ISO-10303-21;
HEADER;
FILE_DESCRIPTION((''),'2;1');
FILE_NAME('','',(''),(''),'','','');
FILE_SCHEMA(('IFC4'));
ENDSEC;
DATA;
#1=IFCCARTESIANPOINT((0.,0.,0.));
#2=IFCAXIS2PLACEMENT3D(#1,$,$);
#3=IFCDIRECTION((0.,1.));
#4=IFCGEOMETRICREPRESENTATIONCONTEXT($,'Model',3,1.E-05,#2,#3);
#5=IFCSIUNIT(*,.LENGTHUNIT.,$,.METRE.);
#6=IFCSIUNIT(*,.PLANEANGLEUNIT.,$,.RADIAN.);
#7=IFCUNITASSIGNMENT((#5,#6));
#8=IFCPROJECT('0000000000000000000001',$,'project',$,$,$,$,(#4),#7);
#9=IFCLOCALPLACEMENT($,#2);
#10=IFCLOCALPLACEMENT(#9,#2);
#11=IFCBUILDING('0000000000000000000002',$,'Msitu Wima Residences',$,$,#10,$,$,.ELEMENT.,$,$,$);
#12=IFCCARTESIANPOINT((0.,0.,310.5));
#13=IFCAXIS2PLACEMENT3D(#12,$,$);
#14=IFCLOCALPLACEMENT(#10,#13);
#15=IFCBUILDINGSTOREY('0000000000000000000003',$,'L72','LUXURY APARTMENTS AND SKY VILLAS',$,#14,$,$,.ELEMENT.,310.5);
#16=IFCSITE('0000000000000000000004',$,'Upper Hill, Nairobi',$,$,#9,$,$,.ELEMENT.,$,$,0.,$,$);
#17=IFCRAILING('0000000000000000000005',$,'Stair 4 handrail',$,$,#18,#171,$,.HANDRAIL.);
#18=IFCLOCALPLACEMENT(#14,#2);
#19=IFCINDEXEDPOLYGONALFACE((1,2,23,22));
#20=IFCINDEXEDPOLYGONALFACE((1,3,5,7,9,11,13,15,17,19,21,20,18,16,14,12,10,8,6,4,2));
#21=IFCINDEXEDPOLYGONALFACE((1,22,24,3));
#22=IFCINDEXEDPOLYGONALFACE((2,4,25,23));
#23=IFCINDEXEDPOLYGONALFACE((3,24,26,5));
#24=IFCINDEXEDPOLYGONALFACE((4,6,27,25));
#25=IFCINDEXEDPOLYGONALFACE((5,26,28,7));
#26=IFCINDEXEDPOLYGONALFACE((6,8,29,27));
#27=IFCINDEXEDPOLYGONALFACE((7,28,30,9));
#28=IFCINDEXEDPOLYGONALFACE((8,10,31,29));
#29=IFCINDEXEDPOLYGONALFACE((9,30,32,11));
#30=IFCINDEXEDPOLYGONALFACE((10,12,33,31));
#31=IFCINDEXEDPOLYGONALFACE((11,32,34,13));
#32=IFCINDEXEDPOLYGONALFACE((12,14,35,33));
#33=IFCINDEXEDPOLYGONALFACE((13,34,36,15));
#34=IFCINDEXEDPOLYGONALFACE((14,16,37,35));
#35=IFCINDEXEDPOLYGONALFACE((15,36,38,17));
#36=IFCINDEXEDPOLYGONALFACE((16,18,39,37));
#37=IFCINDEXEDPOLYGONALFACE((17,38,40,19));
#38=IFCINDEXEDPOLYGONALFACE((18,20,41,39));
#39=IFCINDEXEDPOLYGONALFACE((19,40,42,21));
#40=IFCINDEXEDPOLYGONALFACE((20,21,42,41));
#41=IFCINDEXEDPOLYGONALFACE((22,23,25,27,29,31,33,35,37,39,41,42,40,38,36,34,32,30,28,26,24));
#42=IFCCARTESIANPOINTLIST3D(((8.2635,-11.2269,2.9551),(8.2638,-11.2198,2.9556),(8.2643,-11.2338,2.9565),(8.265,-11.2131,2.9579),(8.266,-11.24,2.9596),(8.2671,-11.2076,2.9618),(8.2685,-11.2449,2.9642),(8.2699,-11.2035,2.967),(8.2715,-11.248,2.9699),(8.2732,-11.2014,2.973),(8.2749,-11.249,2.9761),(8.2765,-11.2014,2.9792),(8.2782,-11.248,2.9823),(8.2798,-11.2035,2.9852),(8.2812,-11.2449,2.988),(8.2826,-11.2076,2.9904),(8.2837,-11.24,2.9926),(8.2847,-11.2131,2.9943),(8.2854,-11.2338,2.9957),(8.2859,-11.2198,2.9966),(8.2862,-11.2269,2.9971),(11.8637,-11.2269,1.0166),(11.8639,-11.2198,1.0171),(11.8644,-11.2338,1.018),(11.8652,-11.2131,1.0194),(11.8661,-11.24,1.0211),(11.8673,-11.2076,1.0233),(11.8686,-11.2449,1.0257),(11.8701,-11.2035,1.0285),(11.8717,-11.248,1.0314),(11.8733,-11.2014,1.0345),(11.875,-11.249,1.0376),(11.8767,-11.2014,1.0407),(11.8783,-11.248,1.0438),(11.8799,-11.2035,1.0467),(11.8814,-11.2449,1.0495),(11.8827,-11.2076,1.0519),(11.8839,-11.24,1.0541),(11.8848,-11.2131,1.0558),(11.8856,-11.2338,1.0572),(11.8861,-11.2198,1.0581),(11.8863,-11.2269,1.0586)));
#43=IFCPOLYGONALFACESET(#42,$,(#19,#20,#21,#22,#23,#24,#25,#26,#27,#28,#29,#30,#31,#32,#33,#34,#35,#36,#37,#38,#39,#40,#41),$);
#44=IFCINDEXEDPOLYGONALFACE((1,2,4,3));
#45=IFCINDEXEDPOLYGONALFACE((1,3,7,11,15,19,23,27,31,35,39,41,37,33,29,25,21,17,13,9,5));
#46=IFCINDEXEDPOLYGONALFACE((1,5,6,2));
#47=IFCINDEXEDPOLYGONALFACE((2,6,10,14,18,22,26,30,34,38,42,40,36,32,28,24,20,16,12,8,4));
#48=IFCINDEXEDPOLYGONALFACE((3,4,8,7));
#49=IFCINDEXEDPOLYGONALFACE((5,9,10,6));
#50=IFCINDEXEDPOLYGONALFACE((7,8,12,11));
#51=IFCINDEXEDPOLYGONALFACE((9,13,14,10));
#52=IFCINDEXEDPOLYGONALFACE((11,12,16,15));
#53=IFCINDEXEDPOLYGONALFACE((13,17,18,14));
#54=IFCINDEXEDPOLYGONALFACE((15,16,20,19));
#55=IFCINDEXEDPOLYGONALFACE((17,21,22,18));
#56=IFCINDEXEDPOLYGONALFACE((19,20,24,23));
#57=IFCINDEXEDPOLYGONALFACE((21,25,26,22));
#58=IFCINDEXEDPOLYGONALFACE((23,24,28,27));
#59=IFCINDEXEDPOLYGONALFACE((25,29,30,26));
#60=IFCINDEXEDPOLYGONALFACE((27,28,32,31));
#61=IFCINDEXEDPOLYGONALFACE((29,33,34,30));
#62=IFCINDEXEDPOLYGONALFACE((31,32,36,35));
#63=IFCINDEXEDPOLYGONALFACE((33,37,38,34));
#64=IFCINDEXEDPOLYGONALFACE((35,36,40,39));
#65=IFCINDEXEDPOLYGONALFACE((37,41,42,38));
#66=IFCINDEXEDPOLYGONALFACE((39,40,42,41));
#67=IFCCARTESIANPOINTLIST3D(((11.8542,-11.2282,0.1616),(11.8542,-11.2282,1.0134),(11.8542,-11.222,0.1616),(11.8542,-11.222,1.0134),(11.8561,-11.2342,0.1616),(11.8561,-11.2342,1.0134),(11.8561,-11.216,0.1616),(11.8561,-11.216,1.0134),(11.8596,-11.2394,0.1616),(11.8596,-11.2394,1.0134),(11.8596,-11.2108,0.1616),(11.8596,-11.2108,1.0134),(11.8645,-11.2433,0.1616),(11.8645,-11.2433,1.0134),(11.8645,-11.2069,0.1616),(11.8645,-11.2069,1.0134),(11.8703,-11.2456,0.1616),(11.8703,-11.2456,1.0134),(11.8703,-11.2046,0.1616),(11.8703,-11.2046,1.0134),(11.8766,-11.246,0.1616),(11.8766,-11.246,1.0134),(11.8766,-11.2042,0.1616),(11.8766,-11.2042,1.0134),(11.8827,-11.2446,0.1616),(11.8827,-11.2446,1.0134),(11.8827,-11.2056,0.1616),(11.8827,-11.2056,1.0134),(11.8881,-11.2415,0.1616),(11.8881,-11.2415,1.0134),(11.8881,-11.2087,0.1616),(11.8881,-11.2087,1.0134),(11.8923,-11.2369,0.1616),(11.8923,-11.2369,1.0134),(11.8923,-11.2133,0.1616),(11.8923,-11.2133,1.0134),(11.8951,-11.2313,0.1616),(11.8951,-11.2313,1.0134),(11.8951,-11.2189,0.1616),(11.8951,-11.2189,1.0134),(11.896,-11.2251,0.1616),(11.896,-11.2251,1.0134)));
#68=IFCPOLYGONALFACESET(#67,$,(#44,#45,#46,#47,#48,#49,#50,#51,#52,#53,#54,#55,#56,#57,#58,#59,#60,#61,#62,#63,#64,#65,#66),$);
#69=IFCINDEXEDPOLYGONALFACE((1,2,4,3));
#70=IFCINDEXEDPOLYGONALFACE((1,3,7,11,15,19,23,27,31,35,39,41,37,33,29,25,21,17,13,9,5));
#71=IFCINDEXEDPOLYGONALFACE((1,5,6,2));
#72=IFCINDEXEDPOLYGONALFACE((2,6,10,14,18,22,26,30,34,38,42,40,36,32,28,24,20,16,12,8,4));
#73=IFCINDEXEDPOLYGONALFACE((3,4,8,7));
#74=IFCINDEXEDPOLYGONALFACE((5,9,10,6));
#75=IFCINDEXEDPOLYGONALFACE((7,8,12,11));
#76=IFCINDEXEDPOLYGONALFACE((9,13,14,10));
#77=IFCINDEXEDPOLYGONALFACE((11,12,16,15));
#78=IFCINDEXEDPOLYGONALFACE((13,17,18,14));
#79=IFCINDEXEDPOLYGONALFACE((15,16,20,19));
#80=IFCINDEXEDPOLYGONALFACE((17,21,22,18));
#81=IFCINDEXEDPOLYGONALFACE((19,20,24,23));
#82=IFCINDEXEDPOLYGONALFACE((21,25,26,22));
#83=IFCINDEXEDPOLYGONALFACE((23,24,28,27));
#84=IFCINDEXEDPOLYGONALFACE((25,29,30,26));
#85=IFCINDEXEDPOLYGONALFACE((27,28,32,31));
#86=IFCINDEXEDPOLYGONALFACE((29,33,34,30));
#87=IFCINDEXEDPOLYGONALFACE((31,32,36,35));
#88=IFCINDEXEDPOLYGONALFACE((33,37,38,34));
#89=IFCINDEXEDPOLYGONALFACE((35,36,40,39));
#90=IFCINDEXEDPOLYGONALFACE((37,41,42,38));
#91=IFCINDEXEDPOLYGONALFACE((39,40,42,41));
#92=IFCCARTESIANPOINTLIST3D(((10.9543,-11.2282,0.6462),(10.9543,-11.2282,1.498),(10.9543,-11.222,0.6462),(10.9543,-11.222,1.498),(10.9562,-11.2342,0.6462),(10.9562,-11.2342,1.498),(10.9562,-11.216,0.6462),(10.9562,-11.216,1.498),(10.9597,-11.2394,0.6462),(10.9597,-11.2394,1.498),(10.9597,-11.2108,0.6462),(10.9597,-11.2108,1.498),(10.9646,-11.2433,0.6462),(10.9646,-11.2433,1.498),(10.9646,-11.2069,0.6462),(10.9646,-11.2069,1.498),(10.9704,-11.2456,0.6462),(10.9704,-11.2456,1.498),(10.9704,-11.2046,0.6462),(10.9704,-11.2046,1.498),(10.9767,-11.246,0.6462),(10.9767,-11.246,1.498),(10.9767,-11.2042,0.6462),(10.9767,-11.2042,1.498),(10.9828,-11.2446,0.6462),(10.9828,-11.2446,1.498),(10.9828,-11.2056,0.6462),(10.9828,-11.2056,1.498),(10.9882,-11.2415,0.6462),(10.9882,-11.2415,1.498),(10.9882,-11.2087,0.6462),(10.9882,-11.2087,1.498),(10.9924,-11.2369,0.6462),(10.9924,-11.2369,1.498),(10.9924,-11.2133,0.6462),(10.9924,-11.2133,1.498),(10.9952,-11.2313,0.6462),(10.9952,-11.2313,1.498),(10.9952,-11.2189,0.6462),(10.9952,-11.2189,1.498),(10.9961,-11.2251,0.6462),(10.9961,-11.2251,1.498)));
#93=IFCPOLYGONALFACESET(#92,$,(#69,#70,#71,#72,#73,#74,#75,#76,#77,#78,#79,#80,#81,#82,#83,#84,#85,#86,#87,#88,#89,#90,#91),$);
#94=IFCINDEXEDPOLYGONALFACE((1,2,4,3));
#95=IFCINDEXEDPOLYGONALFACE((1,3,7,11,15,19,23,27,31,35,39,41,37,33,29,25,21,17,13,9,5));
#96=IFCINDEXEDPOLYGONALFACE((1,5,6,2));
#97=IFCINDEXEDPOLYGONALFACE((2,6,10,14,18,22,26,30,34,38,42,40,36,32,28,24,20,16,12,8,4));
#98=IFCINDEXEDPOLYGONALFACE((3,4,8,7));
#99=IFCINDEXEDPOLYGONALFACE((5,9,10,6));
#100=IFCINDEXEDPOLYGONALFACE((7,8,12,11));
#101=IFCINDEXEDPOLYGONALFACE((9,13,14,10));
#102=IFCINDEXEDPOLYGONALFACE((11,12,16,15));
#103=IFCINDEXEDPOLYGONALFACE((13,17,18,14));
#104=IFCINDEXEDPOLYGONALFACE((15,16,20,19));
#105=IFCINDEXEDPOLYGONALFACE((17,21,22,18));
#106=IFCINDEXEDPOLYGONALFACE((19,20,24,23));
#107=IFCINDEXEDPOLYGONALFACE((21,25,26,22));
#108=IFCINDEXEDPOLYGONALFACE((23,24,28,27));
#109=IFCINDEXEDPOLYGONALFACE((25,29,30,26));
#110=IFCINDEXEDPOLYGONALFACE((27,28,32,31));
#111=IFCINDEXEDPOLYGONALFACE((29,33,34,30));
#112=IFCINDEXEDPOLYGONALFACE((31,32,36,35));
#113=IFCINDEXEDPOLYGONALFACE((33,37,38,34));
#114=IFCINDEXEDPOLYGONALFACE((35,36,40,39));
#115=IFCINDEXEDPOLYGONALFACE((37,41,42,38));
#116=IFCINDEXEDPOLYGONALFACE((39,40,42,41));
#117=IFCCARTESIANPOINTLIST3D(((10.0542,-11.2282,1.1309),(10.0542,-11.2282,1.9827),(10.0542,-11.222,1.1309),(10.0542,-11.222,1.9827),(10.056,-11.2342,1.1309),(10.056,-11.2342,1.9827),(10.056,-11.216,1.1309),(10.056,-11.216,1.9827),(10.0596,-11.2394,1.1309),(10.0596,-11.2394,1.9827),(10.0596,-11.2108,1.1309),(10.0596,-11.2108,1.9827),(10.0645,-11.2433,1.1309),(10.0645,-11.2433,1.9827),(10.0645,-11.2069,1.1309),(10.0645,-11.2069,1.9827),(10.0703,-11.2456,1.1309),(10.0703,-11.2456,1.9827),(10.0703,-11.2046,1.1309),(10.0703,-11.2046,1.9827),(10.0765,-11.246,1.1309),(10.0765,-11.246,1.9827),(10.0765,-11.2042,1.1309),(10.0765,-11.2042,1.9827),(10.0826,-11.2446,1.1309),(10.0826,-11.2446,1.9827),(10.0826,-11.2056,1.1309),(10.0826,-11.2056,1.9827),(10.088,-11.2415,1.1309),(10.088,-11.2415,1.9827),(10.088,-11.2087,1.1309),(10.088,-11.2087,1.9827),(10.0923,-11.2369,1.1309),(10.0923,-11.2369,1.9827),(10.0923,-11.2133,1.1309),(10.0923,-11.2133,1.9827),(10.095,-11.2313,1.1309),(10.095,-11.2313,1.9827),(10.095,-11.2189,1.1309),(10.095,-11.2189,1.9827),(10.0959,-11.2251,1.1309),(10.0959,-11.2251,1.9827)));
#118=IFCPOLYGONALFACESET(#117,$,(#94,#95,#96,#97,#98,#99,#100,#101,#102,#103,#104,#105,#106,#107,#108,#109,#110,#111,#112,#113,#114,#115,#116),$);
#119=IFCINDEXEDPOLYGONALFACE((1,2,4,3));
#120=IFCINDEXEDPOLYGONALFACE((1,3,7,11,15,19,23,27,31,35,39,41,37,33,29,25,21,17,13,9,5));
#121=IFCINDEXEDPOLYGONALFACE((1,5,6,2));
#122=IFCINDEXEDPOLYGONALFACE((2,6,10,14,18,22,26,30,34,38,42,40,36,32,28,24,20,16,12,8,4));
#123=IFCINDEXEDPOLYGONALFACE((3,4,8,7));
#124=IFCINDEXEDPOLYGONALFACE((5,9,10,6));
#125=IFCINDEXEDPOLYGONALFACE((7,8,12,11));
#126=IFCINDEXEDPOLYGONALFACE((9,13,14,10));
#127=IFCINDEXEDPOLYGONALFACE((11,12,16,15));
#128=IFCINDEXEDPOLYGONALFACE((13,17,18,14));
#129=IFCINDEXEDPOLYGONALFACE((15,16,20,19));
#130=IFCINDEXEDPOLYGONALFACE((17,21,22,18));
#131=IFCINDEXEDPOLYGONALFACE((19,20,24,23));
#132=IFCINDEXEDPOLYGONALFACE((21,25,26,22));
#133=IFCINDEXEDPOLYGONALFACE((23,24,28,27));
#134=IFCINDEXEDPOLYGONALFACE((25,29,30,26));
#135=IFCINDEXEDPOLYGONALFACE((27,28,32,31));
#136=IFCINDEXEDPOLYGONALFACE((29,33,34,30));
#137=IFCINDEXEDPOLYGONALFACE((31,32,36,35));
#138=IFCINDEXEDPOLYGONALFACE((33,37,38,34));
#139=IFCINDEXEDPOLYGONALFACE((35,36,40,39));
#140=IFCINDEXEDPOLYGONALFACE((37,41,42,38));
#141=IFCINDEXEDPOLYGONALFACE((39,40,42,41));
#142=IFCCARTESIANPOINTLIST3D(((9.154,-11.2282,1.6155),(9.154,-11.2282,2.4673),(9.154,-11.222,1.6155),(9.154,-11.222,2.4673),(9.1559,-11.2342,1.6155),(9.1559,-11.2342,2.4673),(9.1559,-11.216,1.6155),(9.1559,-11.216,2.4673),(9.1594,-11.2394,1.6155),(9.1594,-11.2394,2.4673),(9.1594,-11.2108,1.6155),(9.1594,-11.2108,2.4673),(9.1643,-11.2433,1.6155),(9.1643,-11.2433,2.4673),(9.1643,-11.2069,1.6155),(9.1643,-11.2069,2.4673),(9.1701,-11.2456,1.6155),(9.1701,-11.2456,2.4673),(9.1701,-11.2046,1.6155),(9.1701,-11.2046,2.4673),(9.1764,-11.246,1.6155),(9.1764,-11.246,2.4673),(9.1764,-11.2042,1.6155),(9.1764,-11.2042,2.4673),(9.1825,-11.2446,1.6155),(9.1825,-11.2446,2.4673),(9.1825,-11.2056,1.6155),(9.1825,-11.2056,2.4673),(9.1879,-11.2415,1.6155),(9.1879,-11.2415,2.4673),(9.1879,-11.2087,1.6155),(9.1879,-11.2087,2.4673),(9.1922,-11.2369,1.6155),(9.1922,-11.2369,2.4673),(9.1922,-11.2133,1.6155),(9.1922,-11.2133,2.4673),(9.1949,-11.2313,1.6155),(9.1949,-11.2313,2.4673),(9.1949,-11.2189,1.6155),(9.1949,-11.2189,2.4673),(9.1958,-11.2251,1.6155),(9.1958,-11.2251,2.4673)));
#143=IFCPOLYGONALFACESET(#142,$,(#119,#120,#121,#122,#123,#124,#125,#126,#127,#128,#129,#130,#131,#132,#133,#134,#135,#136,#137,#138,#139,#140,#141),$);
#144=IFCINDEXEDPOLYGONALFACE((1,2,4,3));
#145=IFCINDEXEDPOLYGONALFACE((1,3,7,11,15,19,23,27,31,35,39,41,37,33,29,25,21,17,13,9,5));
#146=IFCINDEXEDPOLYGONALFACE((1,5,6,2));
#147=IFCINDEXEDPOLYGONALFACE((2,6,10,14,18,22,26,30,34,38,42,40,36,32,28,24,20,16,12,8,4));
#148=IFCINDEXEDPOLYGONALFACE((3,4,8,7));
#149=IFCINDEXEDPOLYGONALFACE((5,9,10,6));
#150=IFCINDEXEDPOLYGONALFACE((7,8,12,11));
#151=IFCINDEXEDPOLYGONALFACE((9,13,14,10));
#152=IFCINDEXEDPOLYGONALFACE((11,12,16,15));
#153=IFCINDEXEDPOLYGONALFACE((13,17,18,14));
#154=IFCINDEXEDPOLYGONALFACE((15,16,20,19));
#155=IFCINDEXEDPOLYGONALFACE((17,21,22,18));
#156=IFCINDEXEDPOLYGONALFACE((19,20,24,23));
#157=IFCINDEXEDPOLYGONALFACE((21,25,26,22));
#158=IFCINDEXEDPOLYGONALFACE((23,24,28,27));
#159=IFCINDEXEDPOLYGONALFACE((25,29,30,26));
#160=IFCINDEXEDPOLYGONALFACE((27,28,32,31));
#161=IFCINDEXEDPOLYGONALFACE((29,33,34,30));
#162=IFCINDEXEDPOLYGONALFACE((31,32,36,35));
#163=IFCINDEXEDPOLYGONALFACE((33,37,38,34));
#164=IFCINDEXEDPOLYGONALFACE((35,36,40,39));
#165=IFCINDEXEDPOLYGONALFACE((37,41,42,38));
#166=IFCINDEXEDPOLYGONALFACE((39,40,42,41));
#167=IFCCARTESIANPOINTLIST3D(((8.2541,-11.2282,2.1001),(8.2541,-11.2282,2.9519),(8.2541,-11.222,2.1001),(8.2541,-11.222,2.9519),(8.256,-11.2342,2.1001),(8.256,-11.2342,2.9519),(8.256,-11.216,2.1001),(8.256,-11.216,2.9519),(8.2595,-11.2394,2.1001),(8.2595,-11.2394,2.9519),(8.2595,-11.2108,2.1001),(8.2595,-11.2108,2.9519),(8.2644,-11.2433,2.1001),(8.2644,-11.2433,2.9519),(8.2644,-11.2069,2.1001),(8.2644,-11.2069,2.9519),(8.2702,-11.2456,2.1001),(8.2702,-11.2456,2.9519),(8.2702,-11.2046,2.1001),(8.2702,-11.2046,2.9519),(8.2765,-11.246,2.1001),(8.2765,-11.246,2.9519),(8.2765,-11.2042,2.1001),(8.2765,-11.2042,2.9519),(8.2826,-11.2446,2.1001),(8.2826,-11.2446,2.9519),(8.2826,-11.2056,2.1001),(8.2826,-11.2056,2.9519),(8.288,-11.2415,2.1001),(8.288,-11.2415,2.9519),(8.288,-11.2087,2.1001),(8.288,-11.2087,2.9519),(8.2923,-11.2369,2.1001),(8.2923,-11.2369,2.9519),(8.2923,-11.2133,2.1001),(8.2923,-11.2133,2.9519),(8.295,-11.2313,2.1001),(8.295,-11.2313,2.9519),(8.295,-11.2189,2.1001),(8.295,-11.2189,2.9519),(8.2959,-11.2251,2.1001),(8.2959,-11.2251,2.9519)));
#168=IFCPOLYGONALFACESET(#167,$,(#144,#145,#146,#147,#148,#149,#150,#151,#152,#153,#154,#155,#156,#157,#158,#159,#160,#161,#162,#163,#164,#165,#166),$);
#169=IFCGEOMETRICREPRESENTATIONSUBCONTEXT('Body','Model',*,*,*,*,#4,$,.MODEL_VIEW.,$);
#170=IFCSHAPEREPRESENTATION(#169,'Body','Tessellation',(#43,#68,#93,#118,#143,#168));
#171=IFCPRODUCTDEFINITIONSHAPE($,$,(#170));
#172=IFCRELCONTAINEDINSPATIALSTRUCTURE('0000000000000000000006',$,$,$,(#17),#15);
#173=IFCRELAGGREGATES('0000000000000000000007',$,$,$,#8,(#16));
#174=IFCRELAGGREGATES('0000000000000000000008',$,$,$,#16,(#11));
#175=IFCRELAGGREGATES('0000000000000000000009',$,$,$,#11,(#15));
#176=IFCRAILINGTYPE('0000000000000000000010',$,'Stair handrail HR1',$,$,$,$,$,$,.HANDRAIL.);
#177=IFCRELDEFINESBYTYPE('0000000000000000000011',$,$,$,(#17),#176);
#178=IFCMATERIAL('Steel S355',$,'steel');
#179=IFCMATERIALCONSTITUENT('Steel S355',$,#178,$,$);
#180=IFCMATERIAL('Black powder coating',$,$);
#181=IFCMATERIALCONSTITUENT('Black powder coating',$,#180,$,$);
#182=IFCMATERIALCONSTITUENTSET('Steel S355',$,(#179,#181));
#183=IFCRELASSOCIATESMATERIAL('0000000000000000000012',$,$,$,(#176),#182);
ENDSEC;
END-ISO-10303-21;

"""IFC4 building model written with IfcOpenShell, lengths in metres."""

from ifc_helpers import new_model, si_unit, direction, frame, origin, origin_2d, place, context, subcontext, project, spatial, circle, extrude, material, constituent, constituent_set, type_object, element, save


model = new_model("IFC4")

# Units and contexts
model_context = context("Model", 3, precision=1e-05, world=origin(), true_north=direction((0.0, 1.0)))
body_context = subcontext(model_context, "Body", "Model", "MODEL_VIEW")
ifc_project = project(units=[si_unit("LENGTHUNIT", "METRE"), si_unit("PLANEANGLEUNIT", "RADIAN")], contexts=[model_context])

# Site, building, storey
site_placement = place(None, origin())
site = spatial("IfcSite", under=ifc_project, at=site_placement, Name="Upper Hill, Nairobi", CompositionType="ELEMENT", RefElevation=0.0)
building_placement = place(site_placement, origin())
building = spatial("IfcBuilding", under=site, at=building_placement, Name="Msitu Wima Residences", CompositionType="ELEMENT")
storey_placement = place(building_placement, frame((0.0, 0.0, 310.5)))
storey = spatial("IfcBuildingStorey", under=building, at=storey_placement, Name="L72", Description="LUXURY APARTMENTS AND SKY VILLAS", CompositionType="ELEMENT", Elevation=310.5)

# Railing
ifc_material_1 = material(Name="Steel S355", Category="steel")
ifc_constituent_1 = constituent(ifc_material_1, Name="Steel S355")
ifc_material_2 = material(Name="Black powder coating")
ifc_constituent_2 = constituent(ifc_material_2, Name="Black powder coating")
ifc_constituent_set = constituent_set(constituents=[ifc_constituent_1, ifc_constituent_2], Name="Steel S355")
railing_type = type_object("IfcRailingType", Name="Stair handrail HR1", PredefinedType="HANDRAIL", material=ifc_constituent_set)
for number, where, name in (
    (1, (11.875, -11.2251, 0.1616), "Stair 4 handrail"),
):
    element("IfcRailing", number, at=place(storey_placement, frame(where)), inside=storey, type_object=railing_type, Name=name, PredefinedType="HANDRAIL", context=body_context, shape_type="SweptSolid", body=[
        extrude(circle(Radius=0.0239, at=origin_2d()), frame((0.0, 0.0, 0.876), z_axis=(-0.880475, 0.0, 0.474093), x_axis=(0.0, -1.0, 0.0)), (0.0, 0.0, 1.0), 4.0889),
        extrude(circle(Radius=0.021, at=origin_2d()), origin(), (0.0, 0.0, 1.0), 0.8518),
        extrude(circle(Radius=0.021, at=origin_2d()), frame((-0.8999, 0.0, 0.4846)), (0.0, 0.0, 1.0), 0.8518),
        extrude(circle(Radius=0.021, at=origin_2d()), frame((-1.8, 0.0, 0.9692)), (0.0, 0.0, 1.0), 0.8518),
        extrude(circle(Radius=0.021, at=origin_2d()), frame((-2.7002, 0.0, 1.4539)), (0.0, 0.0, 1.0), 0.8518),
        extrude(circle(Radius=0.021, at=origin_2d()), frame((-3.6001, 0.0, 1.9385)), (0.0, 0.0, 1.0), 0.8518),
    ])

save(model, "model.ifc")
